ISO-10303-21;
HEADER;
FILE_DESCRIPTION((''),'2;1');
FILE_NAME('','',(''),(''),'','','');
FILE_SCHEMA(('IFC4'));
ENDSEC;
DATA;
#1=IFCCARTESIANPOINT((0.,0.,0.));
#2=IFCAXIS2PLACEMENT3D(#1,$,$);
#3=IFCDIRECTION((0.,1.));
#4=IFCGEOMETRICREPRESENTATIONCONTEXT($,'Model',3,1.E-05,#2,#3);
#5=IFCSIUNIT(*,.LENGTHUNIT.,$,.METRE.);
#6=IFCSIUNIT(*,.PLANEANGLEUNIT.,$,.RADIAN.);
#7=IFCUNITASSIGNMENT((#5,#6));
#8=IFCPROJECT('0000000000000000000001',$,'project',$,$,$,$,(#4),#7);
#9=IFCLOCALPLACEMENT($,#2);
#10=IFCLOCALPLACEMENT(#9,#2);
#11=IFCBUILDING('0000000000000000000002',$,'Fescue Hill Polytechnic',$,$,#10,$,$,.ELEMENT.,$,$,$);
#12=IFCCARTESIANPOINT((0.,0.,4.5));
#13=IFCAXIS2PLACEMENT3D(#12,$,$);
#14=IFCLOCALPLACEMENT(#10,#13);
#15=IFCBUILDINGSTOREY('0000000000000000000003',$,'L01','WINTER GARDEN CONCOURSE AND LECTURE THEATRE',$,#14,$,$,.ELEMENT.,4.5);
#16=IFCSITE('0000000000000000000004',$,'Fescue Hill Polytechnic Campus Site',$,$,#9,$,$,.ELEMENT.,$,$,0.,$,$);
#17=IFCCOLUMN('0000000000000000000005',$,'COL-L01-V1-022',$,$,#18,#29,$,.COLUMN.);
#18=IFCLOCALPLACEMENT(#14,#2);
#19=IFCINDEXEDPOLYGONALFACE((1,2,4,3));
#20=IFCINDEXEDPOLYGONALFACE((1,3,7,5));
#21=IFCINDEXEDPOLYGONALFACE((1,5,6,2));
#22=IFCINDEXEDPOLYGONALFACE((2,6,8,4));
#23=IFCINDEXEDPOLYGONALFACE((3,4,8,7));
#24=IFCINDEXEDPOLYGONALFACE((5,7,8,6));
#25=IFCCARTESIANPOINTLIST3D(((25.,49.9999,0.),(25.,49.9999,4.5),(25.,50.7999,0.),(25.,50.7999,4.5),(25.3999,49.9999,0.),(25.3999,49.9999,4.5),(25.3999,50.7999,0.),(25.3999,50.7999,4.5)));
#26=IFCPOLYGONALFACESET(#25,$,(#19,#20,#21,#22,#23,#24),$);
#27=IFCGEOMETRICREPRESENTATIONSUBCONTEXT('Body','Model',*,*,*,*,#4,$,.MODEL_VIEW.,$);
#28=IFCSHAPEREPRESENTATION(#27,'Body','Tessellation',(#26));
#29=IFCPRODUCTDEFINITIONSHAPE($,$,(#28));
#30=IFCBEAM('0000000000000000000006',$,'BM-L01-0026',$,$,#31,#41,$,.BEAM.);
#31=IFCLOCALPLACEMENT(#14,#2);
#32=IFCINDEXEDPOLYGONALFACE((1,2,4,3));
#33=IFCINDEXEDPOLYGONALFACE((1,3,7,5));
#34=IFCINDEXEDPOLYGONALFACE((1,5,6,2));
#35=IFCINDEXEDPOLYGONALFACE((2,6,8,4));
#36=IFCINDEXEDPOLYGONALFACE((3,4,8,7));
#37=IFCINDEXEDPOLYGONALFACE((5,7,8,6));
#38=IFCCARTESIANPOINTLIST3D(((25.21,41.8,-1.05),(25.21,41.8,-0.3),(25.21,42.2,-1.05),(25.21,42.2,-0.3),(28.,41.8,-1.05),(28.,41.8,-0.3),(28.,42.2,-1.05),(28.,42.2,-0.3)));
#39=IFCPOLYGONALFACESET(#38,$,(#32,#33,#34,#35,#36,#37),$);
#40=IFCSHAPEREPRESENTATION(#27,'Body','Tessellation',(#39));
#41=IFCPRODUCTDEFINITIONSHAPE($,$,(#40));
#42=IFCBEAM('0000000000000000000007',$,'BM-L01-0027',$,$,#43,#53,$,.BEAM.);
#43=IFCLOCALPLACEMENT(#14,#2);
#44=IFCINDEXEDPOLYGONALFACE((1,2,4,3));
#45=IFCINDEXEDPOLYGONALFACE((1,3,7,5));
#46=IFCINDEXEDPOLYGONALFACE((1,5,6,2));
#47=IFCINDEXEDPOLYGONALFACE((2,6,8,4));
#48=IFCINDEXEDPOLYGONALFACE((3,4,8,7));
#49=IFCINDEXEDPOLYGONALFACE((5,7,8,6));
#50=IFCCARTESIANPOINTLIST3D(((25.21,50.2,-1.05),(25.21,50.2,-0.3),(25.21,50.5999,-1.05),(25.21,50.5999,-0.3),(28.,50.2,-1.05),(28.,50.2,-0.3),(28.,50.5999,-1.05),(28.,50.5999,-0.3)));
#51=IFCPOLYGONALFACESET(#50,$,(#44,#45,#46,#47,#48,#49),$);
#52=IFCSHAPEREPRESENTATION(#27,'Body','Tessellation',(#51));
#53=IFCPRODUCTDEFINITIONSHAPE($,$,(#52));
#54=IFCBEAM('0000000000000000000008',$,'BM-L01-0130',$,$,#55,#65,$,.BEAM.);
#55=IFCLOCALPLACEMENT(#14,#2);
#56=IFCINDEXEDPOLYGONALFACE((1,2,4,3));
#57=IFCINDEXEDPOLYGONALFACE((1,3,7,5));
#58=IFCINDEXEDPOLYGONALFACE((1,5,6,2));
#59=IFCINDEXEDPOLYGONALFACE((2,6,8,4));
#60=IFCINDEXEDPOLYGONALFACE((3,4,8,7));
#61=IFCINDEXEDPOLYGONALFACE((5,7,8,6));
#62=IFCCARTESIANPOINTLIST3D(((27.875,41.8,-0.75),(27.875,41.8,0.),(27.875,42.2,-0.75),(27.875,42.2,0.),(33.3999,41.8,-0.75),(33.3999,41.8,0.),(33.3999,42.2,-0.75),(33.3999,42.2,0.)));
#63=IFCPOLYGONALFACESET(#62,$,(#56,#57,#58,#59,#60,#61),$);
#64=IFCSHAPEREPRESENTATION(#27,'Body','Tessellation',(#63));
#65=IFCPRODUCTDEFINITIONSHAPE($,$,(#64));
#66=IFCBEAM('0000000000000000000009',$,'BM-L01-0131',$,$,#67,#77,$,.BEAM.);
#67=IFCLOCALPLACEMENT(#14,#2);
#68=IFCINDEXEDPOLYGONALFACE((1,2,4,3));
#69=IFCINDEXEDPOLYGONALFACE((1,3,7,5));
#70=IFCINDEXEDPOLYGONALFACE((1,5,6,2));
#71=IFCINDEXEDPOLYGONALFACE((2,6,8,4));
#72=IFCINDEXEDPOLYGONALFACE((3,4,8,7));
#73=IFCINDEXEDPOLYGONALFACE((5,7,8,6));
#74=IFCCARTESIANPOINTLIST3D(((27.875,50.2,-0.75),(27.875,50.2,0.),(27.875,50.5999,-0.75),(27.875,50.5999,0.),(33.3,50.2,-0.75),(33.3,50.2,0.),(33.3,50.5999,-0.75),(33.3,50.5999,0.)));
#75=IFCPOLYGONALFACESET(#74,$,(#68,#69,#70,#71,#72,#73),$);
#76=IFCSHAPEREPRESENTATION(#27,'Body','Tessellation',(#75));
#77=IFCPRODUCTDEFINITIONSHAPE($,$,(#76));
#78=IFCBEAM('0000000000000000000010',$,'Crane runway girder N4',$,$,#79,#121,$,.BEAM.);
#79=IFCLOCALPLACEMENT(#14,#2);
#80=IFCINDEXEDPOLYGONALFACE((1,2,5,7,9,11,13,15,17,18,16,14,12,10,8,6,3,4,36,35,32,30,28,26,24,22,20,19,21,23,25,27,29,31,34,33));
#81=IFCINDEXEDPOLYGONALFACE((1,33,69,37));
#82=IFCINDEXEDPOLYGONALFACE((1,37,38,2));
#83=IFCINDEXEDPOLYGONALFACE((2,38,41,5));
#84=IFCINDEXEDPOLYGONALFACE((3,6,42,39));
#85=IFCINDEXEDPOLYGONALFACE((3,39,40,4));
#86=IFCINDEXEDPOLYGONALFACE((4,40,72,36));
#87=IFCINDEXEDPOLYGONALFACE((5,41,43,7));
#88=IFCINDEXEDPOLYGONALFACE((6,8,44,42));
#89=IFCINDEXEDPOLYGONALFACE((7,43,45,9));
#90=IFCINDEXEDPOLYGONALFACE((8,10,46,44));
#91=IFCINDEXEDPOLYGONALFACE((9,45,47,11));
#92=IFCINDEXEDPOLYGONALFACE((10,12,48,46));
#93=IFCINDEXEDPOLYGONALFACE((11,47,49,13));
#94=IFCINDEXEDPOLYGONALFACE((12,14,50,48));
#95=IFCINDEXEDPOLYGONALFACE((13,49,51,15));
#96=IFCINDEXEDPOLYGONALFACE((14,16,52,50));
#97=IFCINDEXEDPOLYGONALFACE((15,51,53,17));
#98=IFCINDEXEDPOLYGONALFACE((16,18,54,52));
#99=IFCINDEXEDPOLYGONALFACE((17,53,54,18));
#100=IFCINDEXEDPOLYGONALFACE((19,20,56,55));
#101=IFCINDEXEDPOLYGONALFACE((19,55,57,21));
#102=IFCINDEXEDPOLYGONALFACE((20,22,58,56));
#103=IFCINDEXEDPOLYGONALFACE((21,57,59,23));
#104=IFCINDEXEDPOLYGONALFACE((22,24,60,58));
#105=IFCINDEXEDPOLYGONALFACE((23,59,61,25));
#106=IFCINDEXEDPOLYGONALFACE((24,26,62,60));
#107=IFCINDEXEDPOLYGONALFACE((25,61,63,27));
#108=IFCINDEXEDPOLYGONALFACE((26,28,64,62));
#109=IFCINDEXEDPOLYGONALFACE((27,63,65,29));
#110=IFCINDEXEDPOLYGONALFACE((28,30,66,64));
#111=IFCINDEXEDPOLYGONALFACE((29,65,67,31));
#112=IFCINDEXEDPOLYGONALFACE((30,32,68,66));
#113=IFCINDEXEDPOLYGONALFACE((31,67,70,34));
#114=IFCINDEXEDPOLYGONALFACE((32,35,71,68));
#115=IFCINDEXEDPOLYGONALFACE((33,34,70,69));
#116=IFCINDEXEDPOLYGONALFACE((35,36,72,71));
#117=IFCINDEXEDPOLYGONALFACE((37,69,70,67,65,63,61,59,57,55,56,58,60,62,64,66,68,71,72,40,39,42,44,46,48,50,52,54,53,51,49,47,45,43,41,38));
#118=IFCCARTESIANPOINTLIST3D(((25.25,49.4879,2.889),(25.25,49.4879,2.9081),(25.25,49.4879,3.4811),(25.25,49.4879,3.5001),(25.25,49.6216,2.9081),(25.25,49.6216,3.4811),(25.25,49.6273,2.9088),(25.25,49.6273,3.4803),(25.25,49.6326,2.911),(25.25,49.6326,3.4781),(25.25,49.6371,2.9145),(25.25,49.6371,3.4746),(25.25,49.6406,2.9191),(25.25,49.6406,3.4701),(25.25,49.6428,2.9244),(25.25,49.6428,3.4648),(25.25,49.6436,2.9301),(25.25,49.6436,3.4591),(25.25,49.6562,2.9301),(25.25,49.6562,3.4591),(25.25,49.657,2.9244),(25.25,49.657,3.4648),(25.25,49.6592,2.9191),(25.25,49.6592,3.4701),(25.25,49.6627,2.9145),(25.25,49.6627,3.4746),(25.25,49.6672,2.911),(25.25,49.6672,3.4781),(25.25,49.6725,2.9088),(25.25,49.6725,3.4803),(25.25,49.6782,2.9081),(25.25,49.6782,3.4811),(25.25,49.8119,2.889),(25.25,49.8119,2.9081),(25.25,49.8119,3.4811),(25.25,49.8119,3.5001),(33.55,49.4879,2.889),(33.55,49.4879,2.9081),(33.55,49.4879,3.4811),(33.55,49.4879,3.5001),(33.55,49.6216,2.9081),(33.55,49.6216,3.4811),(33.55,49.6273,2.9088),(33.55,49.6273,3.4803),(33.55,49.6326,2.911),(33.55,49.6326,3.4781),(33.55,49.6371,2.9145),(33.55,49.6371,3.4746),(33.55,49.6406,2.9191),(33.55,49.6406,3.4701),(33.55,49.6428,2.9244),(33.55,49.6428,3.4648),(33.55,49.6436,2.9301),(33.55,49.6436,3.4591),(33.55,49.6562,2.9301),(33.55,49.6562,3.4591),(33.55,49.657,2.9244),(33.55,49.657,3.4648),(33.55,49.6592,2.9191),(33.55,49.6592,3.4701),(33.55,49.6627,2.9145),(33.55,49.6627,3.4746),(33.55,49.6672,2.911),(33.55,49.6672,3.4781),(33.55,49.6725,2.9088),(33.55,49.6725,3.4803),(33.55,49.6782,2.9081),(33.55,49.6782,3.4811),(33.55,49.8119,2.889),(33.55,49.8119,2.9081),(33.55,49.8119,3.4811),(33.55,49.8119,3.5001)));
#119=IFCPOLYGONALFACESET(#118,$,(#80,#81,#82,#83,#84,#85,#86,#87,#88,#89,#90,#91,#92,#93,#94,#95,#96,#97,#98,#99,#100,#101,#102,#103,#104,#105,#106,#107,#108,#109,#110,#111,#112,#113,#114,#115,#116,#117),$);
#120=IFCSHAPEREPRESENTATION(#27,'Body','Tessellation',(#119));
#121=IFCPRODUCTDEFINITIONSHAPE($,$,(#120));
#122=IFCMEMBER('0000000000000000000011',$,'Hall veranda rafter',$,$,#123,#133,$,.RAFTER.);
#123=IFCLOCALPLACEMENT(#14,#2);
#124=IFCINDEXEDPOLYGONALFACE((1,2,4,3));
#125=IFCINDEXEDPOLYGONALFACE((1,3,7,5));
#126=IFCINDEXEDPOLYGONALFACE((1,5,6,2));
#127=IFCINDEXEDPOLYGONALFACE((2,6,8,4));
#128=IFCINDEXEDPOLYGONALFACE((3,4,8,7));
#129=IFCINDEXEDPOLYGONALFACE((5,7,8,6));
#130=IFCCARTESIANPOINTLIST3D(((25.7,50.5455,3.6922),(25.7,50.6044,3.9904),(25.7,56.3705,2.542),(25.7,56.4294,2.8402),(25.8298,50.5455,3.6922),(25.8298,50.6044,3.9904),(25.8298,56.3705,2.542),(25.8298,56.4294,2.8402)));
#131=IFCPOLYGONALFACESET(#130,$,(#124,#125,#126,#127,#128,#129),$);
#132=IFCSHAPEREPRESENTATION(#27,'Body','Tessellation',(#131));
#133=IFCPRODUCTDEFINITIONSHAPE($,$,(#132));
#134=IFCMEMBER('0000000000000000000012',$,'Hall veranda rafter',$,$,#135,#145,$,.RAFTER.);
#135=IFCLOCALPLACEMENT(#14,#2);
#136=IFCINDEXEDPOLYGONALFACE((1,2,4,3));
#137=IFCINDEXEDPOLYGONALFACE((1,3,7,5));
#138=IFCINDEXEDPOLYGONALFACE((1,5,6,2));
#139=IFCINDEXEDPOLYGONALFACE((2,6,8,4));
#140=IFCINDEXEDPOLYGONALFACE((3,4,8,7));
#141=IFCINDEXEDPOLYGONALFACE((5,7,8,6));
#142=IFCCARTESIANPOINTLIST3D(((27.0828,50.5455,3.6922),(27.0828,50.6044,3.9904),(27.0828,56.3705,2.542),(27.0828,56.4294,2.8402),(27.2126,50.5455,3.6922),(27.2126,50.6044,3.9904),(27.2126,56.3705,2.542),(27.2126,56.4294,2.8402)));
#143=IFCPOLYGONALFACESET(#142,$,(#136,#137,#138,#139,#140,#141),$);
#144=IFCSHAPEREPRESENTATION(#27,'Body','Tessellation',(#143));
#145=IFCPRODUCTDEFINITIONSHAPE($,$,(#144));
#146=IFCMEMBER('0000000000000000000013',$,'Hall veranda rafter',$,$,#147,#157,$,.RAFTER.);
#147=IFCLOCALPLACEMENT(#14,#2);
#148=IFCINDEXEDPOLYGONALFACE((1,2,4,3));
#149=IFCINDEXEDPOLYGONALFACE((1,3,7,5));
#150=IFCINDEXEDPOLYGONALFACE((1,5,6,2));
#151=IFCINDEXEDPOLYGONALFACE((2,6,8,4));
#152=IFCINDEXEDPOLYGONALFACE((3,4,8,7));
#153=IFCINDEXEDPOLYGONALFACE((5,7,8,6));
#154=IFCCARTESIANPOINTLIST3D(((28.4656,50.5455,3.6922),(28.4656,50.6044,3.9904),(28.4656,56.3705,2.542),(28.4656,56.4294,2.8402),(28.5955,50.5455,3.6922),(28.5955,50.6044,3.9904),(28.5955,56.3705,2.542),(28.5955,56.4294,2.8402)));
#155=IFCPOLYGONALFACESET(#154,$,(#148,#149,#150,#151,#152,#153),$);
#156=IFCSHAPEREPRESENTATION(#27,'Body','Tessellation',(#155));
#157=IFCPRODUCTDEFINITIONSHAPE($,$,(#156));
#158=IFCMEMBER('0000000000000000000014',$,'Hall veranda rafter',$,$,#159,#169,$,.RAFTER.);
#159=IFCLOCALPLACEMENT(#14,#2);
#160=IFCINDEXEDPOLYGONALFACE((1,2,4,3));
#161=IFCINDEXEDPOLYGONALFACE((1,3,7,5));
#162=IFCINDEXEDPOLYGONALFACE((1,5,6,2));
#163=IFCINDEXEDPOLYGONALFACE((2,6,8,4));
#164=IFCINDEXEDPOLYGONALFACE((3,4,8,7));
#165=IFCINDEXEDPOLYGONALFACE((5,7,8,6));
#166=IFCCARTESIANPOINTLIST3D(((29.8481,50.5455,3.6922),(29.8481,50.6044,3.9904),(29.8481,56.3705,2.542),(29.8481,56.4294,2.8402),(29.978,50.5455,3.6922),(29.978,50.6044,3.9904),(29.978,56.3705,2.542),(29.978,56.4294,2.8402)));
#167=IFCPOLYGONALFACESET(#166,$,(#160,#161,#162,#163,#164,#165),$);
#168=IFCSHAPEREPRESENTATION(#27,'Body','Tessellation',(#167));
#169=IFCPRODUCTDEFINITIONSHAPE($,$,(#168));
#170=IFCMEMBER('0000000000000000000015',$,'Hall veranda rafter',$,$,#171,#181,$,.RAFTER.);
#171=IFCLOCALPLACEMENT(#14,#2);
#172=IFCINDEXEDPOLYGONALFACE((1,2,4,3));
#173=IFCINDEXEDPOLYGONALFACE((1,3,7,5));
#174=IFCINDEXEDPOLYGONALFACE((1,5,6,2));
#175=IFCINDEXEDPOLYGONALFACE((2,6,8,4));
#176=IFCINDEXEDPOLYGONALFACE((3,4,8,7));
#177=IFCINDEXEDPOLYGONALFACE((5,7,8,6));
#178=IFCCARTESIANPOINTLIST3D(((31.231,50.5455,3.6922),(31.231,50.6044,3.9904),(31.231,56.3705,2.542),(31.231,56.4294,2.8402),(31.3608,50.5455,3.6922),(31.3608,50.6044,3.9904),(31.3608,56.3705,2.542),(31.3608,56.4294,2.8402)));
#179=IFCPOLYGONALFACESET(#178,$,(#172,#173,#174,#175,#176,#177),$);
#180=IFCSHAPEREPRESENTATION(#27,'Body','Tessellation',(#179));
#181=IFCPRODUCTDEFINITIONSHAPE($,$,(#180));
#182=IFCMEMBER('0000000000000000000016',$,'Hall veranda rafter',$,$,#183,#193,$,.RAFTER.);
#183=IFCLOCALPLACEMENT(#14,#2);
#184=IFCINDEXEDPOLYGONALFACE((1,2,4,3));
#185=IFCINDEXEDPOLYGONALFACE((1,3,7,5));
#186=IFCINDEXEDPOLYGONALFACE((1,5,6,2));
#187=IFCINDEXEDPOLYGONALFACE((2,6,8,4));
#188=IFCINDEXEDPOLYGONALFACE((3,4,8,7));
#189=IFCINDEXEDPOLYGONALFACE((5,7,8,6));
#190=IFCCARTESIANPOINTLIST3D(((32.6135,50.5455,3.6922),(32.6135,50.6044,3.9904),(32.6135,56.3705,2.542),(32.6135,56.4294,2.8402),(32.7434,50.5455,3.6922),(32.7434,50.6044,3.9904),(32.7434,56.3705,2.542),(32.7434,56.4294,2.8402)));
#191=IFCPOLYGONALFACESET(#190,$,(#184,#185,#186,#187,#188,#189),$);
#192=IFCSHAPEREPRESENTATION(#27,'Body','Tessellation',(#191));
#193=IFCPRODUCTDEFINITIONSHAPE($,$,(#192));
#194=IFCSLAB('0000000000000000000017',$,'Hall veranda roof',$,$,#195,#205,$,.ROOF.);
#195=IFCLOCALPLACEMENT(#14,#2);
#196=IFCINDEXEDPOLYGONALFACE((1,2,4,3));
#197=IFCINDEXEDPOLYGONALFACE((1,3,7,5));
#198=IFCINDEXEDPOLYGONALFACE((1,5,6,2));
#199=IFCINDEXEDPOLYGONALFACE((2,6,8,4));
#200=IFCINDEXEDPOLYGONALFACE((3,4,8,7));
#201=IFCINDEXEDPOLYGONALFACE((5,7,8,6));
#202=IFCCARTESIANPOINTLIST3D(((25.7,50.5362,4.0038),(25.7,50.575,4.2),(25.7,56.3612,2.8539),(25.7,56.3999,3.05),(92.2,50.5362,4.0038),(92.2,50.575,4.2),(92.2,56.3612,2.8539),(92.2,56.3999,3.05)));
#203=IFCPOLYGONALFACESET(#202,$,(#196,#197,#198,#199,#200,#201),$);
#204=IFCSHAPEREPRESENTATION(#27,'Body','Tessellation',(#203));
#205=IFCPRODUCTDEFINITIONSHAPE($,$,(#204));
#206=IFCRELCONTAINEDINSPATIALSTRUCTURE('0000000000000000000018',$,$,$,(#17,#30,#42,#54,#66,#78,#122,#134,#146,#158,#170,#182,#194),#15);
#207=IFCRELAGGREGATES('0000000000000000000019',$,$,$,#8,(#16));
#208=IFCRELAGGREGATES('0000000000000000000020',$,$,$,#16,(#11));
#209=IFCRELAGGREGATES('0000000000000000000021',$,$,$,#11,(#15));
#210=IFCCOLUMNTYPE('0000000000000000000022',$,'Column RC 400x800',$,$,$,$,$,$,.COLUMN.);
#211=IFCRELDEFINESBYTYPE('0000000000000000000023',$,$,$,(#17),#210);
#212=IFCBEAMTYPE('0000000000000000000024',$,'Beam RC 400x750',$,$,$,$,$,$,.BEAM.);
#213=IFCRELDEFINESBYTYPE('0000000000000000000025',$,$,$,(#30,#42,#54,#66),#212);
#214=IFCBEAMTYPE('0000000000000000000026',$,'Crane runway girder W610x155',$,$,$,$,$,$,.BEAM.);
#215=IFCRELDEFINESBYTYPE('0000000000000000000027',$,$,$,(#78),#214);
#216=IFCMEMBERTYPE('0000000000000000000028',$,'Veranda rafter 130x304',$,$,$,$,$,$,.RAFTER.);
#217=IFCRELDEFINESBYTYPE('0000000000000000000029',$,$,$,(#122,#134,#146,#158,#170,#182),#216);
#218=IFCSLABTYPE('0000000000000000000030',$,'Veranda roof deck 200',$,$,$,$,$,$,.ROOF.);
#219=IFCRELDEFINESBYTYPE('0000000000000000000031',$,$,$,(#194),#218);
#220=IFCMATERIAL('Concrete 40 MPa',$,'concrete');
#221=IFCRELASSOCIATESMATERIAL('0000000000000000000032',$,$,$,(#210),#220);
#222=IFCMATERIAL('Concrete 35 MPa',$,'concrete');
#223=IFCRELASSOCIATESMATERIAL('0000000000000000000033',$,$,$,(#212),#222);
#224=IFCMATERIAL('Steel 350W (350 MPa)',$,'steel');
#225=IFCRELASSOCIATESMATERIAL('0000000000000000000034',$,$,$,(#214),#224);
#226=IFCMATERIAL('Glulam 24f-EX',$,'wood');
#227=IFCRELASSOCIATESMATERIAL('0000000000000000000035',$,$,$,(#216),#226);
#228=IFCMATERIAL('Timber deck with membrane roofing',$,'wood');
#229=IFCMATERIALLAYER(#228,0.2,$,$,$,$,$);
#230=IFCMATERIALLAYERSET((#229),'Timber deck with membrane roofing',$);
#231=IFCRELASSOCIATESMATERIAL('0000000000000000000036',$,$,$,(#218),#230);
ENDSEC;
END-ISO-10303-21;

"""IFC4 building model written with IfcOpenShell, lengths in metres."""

from ifc_helpers import new_model, si_unit, direction, frame, origin, origin_2d, place, context, subcontext, project, spatial, polyline, rectangle, i_section, outline, extrude, material, layer, layer_set, material_profile, profile_set, type_object, element, save


model = new_model("IFC4")

# Units and contexts
model_context = context("Model", 3, precision=1e-05, world=origin(), true_north=direction((0.0, 1.0)))
body_context = subcontext(model_context, "Body", "Model", "MODEL_VIEW")
ifc_project = project(units=[si_unit("LENGTHUNIT", "METRE"), si_unit("PLANEANGLEUNIT", "RADIAN")], contexts=[model_context])

# Site, building, storey
site_placement = place(None, origin())
site = spatial("IfcSite", under=ifc_project, at=site_placement, Name="Fescue Hill Polytechnic Campus Site", CompositionType="ELEMENT", RefElevation=0.0)
building_placement = place(site_placement, origin())
building = spatial("IfcBuilding", under=site, at=building_placement, Name="Fescue Hill Polytechnic", CompositionType="ELEMENT")
storey_placement = place(building_placement, frame((0.0, 0.0, 4.5)))
storey = spatial("IfcBuildingStorey", under=building, at=storey_placement, Name="L01", Description="WINTER GARDEN CONCOURSE AND LECTURE THEATRE", CompositionType="ELEMENT", Elevation=4.5)

# Column
ifc_material_1 = material(Name="Concrete 40 MPa", Category="concrete")
ifc_material_profile_1 = material_profile(ifc_material_1, rectangle(XDim=0.3999, YDim=0.8, at=origin_2d()), Name="RC 400x800")
ifc_profile_set_1 = profile_set([ifc_material_profile_1], Name="Concrete 40 MPa")
column_type = type_object("IfcColumnType", Name="Column RC 400x800", PredefinedType="COLUMN", material=ifc_profile_set_1)
column_placement = place(storey_placement, frame((25.2, 50.3999, 0.0), z_axis=(0.0, 0.0, 1.0), x_axis=(1.0, 0.0, 0.0)))
element("IfcColumn", 1, at=column_placement, inside=storey, type_object=column_type, Name="COL-L01-V1-022", PredefinedType="COLUMN", context=body_context, shape_type="SweptSolid", body=[
    extrude(rectangle(XDim=0.3999, YDim=0.8, at=origin_2d()), origin(), (0.0, 0.0, 1.0), 4.5),
])

# Beams
ifc_material_2 = material(Name="Concrete 35 MPa", Category="concrete")
ifc_material_profile_2 = material_profile(ifc_material_2, rectangle(XDim=0.3999, YDim=0.75, at=origin_2d()), Name="RC 400x750")
ifc_profile_set_2 = profile_set([ifc_material_profile_2], Name="Concrete 35 MPa")
beam_type_1 = type_object("IfcBeamType", Name="Beam RC 400x750", PredefinedType="BEAM", material=ifc_profile_set_2)
for number, where, z_axis, x_axis, name in (
    (2, (25.21, 42.0, -0.675), (1.0, 0.0, 0.0), (0.0, 1.0, 0.0), "BM-L01-0026"),
    (3, (25.21, 50.3999, -0.675), (1.0, 0.0, 0.0), (0.0, 1.0, 0.0), "BM-L01-0027"),
):
    element("IfcBeam", number, at=place(storey_placement, frame(where, z_axis=z_axis, x_axis=x_axis)), inside=storey, type_object=beam_type_1, Name=name, PredefinedType="BEAM", context=body_context, shape_type="SweptSolid", body=[
        extrude(rectangle(XDim=0.3999, YDim=0.75, at=origin_2d()), origin(), (0.0, 0.0, 1.0), 2.79),
    ])
beam_1_placement = place(storey_placement, frame((27.875, 42.0, -0.375), z_axis=(1.0, 0.0, 0.0), x_axis=(0.0, 1.0, 0.0)))
element("IfcBeam", 4, at=beam_1_placement, inside=storey, type_object=beam_type_1, Name="BM-L01-0130", PredefinedType="BEAM", context=body_context, shape_type="SweptSolid", body=[
    extrude(rectangle(XDim=0.3999, YDim=0.75, at=origin_2d()), origin(), (0.0, 0.0, 1.0), 5.5249),
])
beam_2_placement = place(storey_placement, frame((27.875, 50.3999, -0.375), z_axis=(1.0, 0.0, 0.0), x_axis=(0.0, 1.0, 0.0)))
element("IfcBeam", 5, at=beam_2_placement, inside=storey, type_object=beam_type_1, Name="BM-L01-0131", PredefinedType="BEAM", context=body_context, shape_type="SweptSolid", body=[
    extrude(rectangle(XDim=0.3999, YDim=0.75, at=origin_2d()), origin(), (0.0, 0.0, 1.0), 5.425),
])
ifc_material_3 = material(Name="Steel 350W (350 MPa)", Category="steel")
ifc_material_profile_3 = material_profile(ifc_material_3, i_section(OverallWidth=0.324, OverallDepth=0.6111, WebThickness=0.0127, FlangeThickness=0.019, FilletRadius=0.022, at=origin_2d()), Name="W610x155")
ifc_profile_set_3 = profile_set([ifc_material_profile_3], Name="Steel 350W (350 MPa)")
beam_type_2 = type_object("IfcBeamType", Name="Crane runway girder W610x155", PredefinedType="BEAM", material=ifc_profile_set_3)
beam_3_placement = place(storey_placement, frame((25.25, 49.6499, 3.1946), z_axis=(1.0, 0.0, 0.0), x_axis=(0.0, 1.0, 0.0)))
element("IfcBeam", 6, at=beam_3_placement, inside=storey, type_object=beam_type_2, Name="Crane runway girder N4", PredefinedType="BEAM", context=body_context, shape_type="SweptSolid", body=[
    extrude(i_section(OverallWidth=0.324, OverallDepth=0.6111, WebThickness=0.0127, FlangeThickness=0.019, FilletRadius=0.022, at=origin_2d()), origin(), (0.0, 0.0, 1.0), 8.3),
])

# Members
ifc_material_4 = material(Name="Glulam 24f-EX", Category="wood")
ifc_material_profile_4 = material_profile(ifc_material_4, rectangle(XDim=0.1299, YDim=0.304, at=origin_2d()), Name="Veranda rafter 130x304")
ifc_profile_set_4 = profile_set([ifc_material_profile_4], Name="Glulam 24f-EX")
member_type = type_object("IfcMemberType", Name="Veranda rafter 130x304", PredefinedType="RAFTER", material=ifc_profile_set_4)
for number, where, z_axis, x_axis, name in (
    (7, (25.7649, 50.575, 3.8413), (0.0, 0.981059, -0.193712), (-1.0, 0.0, 0.0), "Hall veranda rafter"),
    (8, (27.1477, 50.575, 3.8413), (0.0, 0.981059, -0.193712), (-1.0, 0.0, 0.0), "Hall veranda rafter"),
    (9, (28.5305, 50.575, 3.8413), (0.0, 0.981059, -0.193712), (-1.0, 0.0, 0.0), "Hall veranda rafter"),
    (10, (29.9131, 50.575, 3.8413), (0.0, 0.981059, -0.193712), (-1.0, 0.0, 0.0), "Hall veranda rafter"),
    (11, (31.2959, 50.575, 3.8413), (0.0, 0.981059, -0.193712), (-1.0, 0.0, 0.0), "Hall veranda rafter"),
    (12, (32.6785, 50.575, 3.8413), (0.0, 0.981059, -0.193712), (-1.0, 0.0, 0.0), "Hall veranda rafter"),
):
    element("IfcMember", number, at=place(storey_placement, frame(where, z_axis=z_axis, x_axis=x_axis)), inside=storey, type_object=member_type, Name=name, PredefinedType="RAFTER", context=body_context, shape_type="SweptSolid", body=[
        extrude(rectangle(XDim=0.1299, YDim=0.304, at=origin_2d()), origin(), (0.0, 0.0, 1.0), 5.9375),
    ])

# Slab
ifc_material_5 = material(Name="Timber deck with membrane roofing", Category="wood")
ifc_layer_1 = layer(ifc_material_5, 0.2)
ifc_layer_set_1 = layer_set([ifc_layer_1], Name="Timber deck with membrane roofing")
slab_type = type_object("IfcSlabType", Name="Veranda roof deck 200", PredefinedType="ROOF", material=ifc_layer_set_1)
slab_placement = place(storey_placement, frame((25.7, 50.575, 4.2), z_axis=(0.0, 0.193672, 0.981066), x_axis=(1.0, 0.0, 0.0)))
element("IfcSlab", 13, at=slab_placement, inside=storey, type_object=slab_type, Name="Hall veranda roof", PredefinedType="ROOF", context=body_context, shape_type="SweptSolid", body=[
    extrude(outline(polyline([(0.0, 0.0), (66.5, 0.0), (66.5, 5.9374), (0.0, 5.9374), (0.0, 0.0)])), origin(), (0.0, 0.0, -1.0), 0.2),
])

save(model, "model.ifc")
